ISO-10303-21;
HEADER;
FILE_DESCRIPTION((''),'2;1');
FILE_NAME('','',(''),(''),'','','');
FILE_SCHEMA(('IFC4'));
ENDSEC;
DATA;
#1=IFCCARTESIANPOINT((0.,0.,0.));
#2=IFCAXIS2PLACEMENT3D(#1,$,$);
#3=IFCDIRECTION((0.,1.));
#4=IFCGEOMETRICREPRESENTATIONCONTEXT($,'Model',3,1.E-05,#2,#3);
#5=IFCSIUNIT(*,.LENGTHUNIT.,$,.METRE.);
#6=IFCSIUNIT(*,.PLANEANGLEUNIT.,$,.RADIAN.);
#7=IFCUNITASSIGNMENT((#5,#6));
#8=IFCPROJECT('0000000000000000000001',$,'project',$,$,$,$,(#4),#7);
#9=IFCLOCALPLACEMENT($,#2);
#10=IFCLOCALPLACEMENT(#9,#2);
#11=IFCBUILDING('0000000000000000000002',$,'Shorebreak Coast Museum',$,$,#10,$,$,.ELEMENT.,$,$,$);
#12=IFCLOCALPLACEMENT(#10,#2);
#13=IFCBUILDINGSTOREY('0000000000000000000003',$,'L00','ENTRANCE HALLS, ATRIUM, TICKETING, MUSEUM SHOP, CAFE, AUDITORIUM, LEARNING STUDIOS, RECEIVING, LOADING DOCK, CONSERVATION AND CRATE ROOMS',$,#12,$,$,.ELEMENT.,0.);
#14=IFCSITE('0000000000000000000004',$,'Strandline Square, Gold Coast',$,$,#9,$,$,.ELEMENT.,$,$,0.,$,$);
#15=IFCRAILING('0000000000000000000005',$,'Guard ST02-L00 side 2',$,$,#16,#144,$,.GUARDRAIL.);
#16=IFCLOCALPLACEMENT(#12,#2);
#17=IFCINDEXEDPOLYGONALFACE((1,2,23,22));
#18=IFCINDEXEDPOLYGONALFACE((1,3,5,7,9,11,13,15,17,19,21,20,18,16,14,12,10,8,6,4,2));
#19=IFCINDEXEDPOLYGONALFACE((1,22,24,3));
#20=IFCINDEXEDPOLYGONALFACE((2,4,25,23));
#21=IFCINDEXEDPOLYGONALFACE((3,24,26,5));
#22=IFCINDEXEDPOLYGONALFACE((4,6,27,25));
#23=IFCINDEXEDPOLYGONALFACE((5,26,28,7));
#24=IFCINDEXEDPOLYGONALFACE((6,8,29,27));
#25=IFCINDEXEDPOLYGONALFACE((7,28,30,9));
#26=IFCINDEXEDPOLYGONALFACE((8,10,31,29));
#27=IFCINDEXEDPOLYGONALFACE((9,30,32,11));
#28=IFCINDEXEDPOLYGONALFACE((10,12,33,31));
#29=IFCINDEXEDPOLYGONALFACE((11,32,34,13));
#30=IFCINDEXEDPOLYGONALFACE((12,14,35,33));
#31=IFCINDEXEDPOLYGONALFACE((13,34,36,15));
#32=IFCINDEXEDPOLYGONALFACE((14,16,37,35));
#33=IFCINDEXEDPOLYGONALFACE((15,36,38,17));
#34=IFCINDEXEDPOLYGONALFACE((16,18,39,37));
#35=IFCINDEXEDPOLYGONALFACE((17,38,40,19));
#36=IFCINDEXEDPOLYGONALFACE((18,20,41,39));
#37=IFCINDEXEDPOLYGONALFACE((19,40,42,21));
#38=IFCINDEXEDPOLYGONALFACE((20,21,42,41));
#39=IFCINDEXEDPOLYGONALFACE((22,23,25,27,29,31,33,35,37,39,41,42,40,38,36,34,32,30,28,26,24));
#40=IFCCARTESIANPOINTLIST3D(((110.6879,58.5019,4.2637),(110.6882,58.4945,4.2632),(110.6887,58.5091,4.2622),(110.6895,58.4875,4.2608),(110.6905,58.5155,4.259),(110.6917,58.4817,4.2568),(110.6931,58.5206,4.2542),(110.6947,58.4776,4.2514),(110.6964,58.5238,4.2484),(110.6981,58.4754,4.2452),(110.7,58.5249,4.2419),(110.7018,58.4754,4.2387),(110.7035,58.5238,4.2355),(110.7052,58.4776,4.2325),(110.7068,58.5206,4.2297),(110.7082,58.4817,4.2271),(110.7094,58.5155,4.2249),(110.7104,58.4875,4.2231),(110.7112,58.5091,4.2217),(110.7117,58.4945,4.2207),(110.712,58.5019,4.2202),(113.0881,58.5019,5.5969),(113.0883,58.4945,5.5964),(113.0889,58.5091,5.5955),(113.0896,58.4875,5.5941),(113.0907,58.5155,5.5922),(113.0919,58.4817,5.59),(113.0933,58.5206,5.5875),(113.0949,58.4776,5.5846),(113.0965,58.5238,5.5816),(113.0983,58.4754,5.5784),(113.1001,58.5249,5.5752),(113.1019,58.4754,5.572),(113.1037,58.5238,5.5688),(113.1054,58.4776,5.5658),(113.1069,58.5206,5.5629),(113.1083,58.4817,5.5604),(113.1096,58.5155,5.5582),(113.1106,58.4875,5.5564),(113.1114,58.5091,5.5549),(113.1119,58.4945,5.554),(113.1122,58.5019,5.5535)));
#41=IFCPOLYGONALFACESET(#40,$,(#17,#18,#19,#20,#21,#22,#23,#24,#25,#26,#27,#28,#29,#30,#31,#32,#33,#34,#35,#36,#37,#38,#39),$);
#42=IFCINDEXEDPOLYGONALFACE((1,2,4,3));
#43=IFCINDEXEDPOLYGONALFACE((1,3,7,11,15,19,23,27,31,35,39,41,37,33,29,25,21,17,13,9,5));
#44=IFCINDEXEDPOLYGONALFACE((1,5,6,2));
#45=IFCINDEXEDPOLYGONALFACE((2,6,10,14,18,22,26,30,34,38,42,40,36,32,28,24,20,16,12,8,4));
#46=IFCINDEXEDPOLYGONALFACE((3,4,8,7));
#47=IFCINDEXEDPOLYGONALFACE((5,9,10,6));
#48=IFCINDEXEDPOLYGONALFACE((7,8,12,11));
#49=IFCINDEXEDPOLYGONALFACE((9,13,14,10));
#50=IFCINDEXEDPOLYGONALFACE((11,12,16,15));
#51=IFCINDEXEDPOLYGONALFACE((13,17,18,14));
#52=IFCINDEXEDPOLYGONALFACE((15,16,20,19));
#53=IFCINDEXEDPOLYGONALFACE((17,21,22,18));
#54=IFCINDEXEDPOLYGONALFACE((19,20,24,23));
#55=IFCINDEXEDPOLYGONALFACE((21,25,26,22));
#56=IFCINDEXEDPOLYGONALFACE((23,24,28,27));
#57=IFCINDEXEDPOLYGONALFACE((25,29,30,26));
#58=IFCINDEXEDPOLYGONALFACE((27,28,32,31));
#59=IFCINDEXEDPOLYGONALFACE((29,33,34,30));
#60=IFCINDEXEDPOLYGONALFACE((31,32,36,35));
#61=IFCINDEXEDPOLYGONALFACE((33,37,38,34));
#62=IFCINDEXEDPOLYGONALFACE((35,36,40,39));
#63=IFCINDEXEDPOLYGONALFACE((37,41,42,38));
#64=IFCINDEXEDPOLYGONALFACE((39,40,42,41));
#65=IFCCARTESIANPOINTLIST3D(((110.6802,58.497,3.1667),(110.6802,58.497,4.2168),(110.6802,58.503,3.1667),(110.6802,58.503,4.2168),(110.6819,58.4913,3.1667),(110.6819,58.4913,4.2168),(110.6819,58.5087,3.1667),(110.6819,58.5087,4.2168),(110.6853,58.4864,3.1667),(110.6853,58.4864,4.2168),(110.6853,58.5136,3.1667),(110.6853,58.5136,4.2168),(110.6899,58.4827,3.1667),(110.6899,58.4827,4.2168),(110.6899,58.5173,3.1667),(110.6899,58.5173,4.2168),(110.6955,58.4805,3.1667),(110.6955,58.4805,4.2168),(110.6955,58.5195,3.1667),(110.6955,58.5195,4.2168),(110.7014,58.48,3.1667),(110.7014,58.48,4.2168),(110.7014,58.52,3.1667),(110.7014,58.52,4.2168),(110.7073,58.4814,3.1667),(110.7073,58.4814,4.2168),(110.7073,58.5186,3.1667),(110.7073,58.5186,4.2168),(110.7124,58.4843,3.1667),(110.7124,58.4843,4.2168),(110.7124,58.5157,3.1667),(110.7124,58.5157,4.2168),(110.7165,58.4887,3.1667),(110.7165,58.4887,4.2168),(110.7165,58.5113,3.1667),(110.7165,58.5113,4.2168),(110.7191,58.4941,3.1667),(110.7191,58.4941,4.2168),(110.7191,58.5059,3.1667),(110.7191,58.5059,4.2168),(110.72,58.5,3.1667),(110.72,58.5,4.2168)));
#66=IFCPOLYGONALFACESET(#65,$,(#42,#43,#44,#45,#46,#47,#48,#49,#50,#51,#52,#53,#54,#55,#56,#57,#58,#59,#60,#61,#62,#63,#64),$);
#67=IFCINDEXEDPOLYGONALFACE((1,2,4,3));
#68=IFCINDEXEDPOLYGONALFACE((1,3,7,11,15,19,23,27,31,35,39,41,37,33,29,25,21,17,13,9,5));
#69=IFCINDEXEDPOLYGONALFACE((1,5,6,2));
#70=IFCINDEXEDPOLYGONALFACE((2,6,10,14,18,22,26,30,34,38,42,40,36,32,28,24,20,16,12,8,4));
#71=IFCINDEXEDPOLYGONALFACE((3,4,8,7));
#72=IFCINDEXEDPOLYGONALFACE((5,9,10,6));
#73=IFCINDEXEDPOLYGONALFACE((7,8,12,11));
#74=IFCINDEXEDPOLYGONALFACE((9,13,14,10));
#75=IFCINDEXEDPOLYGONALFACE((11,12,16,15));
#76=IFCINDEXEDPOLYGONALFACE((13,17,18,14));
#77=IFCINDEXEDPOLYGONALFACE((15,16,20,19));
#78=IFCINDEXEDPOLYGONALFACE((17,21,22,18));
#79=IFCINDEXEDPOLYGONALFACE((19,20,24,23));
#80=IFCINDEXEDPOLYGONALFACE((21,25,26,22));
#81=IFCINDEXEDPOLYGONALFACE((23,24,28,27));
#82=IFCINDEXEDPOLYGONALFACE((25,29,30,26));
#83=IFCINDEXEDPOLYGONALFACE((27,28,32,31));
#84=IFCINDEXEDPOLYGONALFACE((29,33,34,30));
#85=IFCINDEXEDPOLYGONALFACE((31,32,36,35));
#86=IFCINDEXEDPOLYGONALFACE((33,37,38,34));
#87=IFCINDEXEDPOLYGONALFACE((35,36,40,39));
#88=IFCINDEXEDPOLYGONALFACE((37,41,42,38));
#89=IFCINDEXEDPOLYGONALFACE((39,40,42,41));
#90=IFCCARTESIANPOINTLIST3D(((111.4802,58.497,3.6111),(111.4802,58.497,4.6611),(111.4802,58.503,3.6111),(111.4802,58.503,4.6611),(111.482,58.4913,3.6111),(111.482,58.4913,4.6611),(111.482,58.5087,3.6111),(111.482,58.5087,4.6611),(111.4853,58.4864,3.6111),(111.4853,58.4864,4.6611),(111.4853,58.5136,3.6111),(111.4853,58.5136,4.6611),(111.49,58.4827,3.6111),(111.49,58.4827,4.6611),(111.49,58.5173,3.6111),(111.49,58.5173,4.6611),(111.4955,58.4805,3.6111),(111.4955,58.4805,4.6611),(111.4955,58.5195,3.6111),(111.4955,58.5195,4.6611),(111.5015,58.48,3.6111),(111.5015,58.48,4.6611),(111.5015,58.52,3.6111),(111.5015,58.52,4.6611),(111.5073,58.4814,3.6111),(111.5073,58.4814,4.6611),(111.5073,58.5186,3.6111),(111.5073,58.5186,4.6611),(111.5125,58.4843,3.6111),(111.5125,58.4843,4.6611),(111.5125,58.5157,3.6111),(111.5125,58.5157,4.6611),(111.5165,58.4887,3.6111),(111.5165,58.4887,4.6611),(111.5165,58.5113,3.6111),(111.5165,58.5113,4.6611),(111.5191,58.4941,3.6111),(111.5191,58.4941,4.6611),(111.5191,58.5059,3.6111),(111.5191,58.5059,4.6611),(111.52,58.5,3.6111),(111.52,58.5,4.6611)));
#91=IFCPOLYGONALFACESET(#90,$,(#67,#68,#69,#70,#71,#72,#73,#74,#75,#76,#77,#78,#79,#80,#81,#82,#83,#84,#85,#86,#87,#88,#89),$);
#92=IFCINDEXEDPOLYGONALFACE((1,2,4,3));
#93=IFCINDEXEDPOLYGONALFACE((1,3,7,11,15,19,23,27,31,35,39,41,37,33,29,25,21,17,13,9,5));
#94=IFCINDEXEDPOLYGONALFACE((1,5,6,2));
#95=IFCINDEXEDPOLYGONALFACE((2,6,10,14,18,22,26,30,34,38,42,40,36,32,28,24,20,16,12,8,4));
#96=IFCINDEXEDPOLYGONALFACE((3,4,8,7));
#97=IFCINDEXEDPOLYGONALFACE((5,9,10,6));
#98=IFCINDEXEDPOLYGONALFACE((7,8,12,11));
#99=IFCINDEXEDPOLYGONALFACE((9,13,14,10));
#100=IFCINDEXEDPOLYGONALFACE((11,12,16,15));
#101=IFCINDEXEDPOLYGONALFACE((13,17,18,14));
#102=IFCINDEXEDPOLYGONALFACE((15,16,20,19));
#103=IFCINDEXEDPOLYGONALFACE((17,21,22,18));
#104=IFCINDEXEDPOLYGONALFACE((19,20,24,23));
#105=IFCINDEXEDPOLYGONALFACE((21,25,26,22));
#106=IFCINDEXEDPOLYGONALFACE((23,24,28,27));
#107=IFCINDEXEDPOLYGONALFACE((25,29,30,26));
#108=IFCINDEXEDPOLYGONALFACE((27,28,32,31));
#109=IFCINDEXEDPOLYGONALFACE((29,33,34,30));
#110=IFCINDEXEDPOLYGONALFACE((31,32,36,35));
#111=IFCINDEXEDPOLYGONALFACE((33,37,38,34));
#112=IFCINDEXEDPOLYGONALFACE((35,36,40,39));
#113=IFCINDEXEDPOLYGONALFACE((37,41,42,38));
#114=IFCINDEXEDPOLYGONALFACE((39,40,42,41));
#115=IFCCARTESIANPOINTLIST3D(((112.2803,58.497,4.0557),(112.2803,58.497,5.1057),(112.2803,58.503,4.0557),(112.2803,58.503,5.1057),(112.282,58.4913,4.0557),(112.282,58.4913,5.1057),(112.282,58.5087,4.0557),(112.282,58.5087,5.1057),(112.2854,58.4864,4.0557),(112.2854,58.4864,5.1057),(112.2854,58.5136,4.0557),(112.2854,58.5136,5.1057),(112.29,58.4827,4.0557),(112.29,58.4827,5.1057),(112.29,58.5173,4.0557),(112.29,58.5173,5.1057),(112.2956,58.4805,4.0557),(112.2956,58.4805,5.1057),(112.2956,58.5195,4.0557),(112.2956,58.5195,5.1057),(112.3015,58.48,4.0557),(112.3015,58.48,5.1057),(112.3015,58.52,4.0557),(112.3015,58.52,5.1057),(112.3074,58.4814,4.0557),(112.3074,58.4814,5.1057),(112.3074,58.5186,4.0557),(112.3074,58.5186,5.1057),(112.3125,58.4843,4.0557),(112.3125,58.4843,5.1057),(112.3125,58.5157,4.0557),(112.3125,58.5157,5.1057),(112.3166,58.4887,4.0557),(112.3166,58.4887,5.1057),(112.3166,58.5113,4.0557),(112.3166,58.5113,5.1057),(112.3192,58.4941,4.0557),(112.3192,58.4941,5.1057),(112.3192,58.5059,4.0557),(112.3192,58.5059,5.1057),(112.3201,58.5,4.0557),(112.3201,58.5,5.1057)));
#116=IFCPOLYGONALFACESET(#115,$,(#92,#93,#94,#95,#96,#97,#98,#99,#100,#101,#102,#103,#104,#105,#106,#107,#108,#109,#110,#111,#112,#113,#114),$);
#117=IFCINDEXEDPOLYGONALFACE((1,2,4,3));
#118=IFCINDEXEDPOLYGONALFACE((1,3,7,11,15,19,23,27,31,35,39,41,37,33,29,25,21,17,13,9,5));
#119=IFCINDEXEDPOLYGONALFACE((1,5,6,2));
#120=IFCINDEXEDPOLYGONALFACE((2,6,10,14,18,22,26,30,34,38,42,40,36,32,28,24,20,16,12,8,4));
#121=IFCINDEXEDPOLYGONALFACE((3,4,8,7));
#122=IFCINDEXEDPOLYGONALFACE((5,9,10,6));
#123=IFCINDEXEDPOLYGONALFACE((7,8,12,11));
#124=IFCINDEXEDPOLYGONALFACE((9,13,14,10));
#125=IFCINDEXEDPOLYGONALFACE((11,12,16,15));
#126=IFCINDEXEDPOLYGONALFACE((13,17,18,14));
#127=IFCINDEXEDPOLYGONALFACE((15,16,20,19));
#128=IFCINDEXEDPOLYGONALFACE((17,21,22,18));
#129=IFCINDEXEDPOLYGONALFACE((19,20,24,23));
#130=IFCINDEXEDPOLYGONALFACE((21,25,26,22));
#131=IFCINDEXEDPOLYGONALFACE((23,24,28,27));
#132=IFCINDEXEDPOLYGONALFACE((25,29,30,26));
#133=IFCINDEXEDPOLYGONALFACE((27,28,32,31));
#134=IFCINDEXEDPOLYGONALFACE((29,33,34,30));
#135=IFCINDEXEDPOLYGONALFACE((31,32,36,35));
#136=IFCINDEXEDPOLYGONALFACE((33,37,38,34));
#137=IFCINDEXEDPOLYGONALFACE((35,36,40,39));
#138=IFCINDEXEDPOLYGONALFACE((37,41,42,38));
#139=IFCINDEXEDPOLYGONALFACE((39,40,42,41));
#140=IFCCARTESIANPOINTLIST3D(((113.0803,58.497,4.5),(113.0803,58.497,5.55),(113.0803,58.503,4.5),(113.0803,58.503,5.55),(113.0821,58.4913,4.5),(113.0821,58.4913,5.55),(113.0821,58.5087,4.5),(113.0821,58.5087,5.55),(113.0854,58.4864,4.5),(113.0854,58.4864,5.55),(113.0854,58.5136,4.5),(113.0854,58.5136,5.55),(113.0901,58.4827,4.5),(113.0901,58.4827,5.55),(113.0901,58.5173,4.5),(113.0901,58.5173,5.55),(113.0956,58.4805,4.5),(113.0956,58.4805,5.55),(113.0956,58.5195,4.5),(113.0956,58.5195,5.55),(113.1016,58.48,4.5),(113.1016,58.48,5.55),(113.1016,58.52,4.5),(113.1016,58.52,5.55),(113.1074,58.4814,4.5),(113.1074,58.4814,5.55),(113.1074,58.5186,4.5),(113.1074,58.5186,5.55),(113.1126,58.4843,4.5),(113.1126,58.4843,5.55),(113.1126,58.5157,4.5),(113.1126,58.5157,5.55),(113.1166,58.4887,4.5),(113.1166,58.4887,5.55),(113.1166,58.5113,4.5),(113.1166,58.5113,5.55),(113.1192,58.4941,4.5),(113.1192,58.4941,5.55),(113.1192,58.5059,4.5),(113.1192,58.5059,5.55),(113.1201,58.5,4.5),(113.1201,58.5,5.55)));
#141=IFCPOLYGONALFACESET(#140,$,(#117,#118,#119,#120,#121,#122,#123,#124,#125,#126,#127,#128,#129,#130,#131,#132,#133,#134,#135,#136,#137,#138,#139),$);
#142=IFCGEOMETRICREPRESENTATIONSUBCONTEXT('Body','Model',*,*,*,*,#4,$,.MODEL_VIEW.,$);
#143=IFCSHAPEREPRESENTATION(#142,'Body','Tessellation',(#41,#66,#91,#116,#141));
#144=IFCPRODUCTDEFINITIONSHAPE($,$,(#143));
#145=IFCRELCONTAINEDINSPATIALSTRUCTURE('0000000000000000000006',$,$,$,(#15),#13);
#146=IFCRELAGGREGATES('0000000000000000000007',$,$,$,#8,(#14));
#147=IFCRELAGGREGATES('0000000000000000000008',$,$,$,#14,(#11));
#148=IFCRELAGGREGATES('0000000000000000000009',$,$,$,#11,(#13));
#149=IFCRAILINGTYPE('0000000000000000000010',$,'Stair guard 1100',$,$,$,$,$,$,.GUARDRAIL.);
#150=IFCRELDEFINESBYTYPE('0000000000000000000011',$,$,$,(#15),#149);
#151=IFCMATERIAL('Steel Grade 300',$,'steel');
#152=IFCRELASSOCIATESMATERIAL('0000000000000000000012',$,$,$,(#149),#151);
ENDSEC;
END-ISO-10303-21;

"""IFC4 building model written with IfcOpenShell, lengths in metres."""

from ifc_helpers import new_model, si_unit, direction, frame, origin, origin_2d, place, context, subcontext, project, spatial, circle, extrude, material, type_object, element, save


model = new_model("IFC4")

# Units and contexts
model_context = context("Model", 3, precision=1e-05, world=origin(), true_north=direction((0.0, 1.0)))
body_context = subcontext(model_context, "Body", "Model", "MODEL_VIEW")
ifc_project = project(units=[si_unit("LENGTHUNIT", "METRE"), si_unit("PLANEANGLEUNIT", "RADIAN")], contexts=[model_context])

# Site, building, storey
site_placement = place(None, origin())
site = spatial("IfcSite", under=ifc_project, at=site_placement, Name="Strandline Square, Gold Coast", CompositionType="ELEMENT", RefElevation=0.0)
building_placement = place(site_placement, origin())
building = spatial("IfcBuilding", under=site, at=building_placement, Name="Shorebreak Coast Museum", CompositionType="ELEMENT")
storey_placement = place(building_placement, origin())
storey = spatial("IfcBuildingStorey", under=building, at=storey_placement, Name="L00", Description="ENTRANCE HALLS, ATRIUM, TICKETING, MUSEUM SHOP, CAFE, AUDITORIUM, LEARNING STUDIOS, RECEIVING, LOADING DOCK, CONSERVATION AND CRATE ROOMS", CompositionType="ELEMENT", Elevation=0.0)

# Railing
ifc_material_1 = material(Name="Steel Grade 300", Category="steel")
railing_type_1 = type_object("IfcRailingType", Name="Stair guard 1100", PredefinedType="GUARDRAIL", material=ifc_material_1)
railing_1_placement = place(storey_placement, frame((110.7, 58.5, 3.1667)))
element("IfcRailing", 1, at=railing_1_placement, inside=storey, type_object=railing_type_1, Name="Guard ST02-L00 side 2", PredefinedType="GUARDRAIL", context=body_context, shape_type="SweptSolid", body=[
    extrude(circle(Radius=0.0249, at=origin_2d()), frame((0.0, 0.0, 1.0752), z_axis=(0.874182, 0.0, 0.485598), x_axis=(0.0, 1.0, 0.0)), (0.0, 0.0, 1.0), 2.7456),
    extrude(circle(Radius=0.02, at=origin_2d()), origin(), (0.0, 0.0, 1.0), 1.05),
    extrude(circle(Radius=0.02, at=origin_2d()), frame((0.8, 0.0, 0.4443)), (0.0, 0.0, 1.0), 1.05),
    extrude(circle(Radius=0.02, at=origin_2d()), frame((1.6001, 0.0, 0.8889)), (0.0, 0.0, 1.0), 1.05),
    extrude(circle(Radius=0.02, at=origin_2d()), frame((2.4001, 0.0, 1.3333)), (0.0, 0.0, 1.0), 1.05),
])

save(model, "model.ifc")
